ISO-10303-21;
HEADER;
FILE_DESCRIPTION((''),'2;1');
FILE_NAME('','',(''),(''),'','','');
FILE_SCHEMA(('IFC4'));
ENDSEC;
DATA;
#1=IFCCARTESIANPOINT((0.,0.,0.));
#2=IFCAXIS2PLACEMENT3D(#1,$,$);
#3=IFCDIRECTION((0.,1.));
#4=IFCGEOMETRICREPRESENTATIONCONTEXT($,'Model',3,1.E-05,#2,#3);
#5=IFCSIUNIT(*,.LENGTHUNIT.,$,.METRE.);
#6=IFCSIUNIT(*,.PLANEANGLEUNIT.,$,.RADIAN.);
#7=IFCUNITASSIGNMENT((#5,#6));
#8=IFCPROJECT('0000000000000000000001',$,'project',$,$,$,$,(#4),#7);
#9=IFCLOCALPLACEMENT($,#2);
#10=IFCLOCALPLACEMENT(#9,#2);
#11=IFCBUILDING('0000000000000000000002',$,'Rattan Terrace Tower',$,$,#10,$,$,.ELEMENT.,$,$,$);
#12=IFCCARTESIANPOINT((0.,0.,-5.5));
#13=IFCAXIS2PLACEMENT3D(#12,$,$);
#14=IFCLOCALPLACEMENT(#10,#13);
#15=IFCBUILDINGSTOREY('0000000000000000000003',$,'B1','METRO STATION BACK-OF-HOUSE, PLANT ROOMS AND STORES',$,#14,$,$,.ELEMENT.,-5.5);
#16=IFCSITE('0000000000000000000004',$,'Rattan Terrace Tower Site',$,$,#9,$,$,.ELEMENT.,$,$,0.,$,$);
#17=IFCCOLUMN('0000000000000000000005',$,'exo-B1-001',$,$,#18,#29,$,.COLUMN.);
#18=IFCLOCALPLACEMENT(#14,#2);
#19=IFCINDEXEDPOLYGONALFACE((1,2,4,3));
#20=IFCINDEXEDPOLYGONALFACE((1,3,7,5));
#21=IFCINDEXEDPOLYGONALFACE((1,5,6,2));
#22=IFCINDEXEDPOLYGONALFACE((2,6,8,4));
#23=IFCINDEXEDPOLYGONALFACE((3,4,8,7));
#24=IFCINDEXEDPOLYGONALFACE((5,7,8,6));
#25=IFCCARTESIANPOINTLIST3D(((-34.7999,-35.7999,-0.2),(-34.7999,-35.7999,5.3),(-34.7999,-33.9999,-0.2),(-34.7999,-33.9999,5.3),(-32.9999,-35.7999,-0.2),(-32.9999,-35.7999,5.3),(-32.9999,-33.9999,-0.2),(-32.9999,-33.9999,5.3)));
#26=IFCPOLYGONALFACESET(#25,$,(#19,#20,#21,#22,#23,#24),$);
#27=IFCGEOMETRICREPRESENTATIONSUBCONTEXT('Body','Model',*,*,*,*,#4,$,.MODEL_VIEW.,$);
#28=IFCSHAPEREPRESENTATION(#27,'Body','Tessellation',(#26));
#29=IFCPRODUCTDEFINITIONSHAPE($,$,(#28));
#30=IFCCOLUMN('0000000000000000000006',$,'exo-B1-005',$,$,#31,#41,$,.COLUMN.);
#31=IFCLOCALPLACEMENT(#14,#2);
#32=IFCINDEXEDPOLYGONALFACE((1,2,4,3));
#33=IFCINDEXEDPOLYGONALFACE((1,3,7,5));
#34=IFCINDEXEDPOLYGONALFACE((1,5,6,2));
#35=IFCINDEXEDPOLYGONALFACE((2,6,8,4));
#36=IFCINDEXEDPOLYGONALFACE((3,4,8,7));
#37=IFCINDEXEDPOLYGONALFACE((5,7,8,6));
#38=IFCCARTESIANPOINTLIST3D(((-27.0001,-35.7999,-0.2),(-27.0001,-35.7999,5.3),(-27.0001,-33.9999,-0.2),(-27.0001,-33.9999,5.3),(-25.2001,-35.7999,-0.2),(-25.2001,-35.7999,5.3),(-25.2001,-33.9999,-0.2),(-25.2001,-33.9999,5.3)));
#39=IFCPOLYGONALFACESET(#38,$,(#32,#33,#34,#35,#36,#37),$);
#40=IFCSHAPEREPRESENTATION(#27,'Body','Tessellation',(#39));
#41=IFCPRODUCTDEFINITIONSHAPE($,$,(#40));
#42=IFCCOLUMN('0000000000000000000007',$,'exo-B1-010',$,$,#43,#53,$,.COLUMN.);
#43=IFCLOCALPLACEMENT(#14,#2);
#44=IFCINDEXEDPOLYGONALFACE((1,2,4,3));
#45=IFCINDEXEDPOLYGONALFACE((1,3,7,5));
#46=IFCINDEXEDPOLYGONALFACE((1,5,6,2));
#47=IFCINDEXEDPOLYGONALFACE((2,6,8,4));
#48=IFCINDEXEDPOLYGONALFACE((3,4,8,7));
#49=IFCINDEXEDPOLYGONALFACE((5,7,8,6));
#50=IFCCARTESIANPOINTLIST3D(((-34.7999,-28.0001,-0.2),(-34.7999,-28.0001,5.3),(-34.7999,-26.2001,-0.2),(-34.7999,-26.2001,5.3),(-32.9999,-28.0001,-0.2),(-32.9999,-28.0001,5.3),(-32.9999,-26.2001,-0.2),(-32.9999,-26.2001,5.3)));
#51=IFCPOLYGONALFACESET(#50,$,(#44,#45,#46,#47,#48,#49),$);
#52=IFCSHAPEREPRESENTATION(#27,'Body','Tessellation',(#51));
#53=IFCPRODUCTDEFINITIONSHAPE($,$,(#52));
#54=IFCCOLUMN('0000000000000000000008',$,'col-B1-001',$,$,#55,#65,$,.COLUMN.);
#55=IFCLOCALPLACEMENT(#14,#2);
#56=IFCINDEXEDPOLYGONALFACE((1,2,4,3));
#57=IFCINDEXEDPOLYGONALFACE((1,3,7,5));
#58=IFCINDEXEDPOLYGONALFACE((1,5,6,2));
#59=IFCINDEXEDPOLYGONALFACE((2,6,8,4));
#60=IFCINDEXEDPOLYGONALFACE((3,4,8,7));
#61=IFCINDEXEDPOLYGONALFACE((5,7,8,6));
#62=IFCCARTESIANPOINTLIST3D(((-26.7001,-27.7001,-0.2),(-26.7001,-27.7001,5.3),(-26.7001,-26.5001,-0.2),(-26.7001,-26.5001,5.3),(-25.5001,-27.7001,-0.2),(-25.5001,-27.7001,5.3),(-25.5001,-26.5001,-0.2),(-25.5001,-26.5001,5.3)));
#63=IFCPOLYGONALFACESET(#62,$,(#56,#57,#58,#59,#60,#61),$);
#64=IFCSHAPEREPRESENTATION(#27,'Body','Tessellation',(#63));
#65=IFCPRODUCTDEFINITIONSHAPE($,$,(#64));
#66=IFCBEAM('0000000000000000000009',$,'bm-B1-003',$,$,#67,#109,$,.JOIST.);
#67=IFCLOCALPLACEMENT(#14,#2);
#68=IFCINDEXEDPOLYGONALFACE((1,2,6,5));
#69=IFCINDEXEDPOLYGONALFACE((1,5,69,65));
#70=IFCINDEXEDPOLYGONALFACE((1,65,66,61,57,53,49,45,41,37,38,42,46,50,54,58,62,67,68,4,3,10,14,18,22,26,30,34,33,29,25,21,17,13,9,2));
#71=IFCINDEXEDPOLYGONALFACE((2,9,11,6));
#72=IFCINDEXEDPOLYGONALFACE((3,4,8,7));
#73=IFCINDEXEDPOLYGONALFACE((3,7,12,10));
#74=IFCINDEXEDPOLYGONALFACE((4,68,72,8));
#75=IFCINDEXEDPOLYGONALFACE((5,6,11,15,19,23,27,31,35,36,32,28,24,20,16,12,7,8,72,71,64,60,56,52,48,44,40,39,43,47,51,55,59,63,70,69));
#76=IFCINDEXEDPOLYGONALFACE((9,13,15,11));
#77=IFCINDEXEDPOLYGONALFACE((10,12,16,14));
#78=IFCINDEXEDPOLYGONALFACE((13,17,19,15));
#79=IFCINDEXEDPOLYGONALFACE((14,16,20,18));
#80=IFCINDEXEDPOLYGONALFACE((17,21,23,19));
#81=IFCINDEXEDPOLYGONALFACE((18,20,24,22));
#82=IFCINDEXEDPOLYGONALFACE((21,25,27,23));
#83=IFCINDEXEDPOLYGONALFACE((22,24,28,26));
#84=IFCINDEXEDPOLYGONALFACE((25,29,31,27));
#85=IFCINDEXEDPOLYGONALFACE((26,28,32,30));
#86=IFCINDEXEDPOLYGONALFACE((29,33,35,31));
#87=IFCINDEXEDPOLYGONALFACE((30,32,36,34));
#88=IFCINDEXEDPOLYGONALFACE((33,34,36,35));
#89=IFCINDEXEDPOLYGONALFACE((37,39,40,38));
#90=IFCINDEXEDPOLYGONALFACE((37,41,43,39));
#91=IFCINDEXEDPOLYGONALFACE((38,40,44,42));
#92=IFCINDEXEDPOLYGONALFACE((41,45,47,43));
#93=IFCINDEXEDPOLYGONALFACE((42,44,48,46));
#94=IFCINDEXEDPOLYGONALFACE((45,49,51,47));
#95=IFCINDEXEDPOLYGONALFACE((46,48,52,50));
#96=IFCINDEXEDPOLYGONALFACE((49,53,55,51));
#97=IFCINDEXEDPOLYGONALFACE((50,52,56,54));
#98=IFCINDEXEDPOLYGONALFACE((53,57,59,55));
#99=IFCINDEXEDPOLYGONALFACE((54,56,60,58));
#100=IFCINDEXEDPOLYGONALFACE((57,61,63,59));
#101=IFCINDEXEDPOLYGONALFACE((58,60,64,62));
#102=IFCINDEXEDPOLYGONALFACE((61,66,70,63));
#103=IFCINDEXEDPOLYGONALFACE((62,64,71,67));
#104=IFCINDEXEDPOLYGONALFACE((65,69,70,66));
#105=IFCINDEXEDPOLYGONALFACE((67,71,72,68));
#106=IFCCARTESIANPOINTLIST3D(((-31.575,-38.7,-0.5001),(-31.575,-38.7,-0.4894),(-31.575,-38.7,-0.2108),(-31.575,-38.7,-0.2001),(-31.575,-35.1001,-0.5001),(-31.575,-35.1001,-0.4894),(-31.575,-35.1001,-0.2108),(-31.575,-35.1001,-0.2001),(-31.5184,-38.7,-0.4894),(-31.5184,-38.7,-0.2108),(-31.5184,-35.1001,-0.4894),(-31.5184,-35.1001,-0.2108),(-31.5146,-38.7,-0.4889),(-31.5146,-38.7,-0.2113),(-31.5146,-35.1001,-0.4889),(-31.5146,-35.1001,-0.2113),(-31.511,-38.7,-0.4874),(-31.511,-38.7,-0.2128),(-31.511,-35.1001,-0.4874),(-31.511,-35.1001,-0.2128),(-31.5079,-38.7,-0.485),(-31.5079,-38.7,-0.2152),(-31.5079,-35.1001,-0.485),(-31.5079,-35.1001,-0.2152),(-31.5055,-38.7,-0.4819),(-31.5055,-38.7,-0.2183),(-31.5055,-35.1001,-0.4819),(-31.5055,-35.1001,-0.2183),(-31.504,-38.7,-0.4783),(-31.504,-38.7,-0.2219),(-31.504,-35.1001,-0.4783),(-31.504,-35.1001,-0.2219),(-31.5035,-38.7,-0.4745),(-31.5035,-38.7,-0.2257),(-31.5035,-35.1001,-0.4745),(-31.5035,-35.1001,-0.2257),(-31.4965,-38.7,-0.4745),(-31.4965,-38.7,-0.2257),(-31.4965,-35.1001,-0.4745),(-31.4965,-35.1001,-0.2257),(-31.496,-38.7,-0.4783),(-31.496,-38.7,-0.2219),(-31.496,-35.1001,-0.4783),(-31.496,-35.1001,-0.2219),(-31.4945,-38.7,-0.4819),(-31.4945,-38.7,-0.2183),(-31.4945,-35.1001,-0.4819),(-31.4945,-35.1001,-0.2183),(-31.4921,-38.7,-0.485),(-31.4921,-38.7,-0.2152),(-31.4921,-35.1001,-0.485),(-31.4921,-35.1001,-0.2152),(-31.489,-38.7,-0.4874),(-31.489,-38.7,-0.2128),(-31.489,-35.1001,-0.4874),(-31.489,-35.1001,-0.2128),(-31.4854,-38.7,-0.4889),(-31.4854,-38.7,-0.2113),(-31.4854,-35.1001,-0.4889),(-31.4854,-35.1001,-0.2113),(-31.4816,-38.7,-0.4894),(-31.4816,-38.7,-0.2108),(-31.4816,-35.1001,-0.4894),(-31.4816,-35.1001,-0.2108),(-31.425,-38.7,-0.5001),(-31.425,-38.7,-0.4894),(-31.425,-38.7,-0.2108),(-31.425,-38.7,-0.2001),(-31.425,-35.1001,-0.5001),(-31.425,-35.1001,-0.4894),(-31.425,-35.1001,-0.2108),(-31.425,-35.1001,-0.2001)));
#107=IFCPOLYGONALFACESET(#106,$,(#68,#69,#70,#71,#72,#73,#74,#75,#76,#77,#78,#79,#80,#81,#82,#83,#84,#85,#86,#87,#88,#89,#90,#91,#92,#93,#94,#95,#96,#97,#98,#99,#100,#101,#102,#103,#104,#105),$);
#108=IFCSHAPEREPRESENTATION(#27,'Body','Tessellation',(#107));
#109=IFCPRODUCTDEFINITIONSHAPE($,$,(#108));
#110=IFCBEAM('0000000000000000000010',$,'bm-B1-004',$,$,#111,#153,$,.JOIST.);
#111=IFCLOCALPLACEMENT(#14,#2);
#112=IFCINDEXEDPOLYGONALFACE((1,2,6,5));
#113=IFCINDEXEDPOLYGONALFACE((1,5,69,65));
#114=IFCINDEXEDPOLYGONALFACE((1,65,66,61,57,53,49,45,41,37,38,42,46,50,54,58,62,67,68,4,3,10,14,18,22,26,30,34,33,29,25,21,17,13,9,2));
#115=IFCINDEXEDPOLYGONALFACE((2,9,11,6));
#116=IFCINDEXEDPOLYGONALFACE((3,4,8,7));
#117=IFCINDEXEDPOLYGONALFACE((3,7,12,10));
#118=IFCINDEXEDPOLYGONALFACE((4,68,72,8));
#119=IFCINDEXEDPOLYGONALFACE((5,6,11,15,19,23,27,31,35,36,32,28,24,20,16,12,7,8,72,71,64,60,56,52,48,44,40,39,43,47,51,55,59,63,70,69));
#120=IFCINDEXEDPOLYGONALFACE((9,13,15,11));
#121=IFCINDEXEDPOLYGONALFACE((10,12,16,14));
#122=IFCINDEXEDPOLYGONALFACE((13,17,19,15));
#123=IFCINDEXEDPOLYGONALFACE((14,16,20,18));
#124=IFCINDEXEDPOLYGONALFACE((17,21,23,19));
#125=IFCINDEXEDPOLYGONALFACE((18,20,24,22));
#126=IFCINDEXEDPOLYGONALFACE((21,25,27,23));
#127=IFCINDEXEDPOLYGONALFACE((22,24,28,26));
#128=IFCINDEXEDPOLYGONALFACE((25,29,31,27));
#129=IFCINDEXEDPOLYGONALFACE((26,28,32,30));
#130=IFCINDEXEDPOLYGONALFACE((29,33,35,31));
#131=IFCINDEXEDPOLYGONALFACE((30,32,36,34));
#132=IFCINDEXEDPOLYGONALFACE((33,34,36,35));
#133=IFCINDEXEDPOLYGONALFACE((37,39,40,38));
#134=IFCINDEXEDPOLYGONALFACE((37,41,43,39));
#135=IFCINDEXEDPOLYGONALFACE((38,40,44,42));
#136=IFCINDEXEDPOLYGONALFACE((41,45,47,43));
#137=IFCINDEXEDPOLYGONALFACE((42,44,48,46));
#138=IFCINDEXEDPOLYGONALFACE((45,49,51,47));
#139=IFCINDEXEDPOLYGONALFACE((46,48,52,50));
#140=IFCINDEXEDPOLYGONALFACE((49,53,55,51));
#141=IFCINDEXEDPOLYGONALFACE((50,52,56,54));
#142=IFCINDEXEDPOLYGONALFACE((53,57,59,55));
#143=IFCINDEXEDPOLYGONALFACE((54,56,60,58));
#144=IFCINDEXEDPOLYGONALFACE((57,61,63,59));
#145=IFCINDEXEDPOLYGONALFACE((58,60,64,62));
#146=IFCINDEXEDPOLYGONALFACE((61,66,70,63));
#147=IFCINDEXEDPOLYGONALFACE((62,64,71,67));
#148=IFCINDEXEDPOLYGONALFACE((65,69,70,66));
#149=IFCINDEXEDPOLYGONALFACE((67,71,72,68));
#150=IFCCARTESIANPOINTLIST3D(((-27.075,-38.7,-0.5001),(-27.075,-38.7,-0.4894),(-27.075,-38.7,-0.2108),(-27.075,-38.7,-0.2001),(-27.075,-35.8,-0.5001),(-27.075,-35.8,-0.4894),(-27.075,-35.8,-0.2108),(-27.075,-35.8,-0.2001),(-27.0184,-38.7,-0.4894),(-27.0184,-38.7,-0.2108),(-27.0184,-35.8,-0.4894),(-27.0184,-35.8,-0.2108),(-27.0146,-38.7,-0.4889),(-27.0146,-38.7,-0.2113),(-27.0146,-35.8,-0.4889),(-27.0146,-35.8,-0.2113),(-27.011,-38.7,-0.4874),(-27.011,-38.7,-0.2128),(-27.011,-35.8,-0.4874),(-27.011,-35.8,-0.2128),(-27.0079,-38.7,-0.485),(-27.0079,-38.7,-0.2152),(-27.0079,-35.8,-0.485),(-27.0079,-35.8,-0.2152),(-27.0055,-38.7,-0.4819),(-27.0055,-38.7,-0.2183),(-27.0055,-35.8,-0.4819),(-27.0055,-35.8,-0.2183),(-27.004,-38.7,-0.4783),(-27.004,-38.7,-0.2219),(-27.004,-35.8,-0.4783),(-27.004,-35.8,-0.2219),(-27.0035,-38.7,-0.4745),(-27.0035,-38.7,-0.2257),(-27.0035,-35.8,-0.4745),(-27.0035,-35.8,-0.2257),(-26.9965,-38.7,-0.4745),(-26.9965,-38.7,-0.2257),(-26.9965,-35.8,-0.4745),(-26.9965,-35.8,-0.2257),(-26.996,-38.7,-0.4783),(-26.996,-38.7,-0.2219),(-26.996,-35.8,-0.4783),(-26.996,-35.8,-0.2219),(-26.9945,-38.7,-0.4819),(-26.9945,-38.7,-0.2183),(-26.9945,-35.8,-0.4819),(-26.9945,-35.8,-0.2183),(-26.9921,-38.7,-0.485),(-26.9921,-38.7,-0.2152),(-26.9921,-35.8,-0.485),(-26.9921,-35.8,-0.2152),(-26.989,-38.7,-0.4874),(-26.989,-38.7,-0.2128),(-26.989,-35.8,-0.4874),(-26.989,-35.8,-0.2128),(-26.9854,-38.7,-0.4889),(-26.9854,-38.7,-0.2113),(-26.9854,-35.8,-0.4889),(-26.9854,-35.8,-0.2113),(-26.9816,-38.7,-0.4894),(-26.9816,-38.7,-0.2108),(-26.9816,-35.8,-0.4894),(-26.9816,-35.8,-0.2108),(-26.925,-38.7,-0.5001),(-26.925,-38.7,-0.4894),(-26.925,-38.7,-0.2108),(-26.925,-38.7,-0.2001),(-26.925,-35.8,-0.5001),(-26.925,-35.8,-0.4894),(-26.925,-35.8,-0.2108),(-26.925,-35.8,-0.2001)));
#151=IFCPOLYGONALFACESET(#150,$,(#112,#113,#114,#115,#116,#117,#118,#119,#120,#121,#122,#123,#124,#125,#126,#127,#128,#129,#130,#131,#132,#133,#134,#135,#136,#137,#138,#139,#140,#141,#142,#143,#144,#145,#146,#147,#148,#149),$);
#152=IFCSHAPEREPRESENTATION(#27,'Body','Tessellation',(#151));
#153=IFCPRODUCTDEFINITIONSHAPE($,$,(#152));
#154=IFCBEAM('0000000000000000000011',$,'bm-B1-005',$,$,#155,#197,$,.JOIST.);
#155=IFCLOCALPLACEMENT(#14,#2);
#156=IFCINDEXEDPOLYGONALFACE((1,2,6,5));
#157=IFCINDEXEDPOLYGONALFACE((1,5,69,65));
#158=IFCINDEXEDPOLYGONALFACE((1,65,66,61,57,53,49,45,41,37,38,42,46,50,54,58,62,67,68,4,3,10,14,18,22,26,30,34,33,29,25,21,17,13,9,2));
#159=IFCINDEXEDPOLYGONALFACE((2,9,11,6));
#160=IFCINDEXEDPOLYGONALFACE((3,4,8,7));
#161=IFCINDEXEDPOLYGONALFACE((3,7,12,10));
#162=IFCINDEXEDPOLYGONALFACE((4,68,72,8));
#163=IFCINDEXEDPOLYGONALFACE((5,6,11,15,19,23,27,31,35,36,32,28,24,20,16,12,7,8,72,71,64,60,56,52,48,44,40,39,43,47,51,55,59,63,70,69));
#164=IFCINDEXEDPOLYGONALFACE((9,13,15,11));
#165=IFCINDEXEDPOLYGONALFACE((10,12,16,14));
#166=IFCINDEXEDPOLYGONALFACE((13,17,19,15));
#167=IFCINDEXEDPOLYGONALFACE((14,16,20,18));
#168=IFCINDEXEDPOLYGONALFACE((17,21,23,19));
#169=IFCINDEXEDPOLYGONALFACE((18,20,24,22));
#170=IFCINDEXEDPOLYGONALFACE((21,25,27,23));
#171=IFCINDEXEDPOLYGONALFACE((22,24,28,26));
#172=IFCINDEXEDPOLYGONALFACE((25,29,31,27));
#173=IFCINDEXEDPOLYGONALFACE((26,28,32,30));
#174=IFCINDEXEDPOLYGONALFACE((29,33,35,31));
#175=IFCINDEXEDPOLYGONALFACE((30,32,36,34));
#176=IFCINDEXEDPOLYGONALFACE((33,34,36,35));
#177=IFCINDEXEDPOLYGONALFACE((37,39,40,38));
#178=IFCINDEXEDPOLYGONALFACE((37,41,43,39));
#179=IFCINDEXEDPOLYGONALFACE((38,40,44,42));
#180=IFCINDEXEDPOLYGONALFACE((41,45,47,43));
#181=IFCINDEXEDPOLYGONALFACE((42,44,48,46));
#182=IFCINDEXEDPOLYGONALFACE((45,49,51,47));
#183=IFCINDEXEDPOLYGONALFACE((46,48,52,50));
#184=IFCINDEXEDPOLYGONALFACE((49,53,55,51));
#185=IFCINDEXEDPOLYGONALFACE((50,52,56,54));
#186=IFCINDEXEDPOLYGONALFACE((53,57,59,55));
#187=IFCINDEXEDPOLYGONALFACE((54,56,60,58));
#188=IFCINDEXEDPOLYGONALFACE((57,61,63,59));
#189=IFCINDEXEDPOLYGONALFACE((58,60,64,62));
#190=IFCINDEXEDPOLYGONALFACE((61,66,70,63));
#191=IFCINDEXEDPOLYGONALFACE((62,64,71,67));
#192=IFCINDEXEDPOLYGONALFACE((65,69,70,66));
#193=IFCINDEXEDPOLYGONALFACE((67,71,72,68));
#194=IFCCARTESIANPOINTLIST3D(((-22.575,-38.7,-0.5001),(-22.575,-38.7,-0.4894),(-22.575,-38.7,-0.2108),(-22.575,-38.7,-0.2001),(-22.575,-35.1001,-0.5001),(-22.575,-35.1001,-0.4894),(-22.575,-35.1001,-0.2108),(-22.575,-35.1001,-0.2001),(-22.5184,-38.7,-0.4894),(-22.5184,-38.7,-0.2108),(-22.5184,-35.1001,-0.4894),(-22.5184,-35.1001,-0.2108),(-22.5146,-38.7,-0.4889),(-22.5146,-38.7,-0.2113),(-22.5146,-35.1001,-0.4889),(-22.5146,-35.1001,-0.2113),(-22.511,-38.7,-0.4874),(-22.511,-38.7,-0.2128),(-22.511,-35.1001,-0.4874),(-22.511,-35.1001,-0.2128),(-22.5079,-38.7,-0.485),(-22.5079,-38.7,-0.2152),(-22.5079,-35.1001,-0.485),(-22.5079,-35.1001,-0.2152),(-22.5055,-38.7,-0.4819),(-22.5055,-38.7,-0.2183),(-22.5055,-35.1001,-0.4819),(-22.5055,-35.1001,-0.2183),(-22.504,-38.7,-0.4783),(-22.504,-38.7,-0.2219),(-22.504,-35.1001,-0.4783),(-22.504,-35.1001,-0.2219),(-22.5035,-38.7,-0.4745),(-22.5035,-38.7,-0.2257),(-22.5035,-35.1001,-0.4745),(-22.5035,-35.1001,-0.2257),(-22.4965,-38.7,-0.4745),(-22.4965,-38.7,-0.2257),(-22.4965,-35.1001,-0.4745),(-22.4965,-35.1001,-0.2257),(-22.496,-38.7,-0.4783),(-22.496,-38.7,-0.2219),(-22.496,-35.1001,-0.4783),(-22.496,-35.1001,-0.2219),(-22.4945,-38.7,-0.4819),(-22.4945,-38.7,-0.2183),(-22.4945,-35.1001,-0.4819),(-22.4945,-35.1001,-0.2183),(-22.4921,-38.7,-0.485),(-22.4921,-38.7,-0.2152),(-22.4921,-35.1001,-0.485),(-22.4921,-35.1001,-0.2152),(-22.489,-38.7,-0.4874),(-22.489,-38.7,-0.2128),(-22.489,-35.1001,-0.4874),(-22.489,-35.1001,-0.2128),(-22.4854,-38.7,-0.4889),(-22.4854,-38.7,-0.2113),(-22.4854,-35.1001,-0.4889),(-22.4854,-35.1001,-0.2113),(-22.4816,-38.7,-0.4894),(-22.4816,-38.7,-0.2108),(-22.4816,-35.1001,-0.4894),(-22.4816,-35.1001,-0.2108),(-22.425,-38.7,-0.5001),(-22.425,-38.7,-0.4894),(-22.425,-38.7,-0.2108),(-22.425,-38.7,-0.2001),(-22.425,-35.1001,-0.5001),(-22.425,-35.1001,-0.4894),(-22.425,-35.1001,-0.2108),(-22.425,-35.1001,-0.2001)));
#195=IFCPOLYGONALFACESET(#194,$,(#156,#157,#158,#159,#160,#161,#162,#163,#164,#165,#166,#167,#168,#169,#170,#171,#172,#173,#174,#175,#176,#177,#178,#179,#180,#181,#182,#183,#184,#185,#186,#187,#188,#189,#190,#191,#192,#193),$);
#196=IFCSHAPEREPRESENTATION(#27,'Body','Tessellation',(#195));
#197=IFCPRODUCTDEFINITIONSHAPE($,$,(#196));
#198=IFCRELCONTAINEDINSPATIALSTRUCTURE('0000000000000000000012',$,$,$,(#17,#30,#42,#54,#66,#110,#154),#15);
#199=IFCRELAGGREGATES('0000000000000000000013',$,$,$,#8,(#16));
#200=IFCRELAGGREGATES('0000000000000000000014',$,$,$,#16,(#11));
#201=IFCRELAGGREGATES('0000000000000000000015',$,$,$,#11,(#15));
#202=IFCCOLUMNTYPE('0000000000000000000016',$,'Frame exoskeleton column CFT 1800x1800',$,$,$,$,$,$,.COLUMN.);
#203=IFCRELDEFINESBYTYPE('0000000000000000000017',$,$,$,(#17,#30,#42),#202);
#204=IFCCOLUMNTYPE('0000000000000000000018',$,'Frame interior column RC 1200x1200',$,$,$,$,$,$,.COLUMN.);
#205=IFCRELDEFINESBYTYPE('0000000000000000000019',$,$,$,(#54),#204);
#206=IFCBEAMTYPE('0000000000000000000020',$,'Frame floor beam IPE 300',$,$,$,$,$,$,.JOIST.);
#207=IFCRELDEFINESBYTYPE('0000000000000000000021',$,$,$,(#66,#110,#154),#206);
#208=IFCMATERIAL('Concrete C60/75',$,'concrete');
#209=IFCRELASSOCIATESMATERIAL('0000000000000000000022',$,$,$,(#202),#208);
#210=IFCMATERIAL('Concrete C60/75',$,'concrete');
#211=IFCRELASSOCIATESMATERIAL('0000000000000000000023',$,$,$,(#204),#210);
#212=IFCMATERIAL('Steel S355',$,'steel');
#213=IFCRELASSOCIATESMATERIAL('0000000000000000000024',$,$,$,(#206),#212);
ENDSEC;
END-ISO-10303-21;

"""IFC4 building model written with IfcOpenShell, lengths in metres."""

from ifc_helpers import new_model, si_unit, direction, frame, origin, origin_2d, place, context, subcontext, project, spatial, rectangle, i_section, extrude, material, material_profile, profile_set, type_object, element, save


model = new_model("IFC4")

# Units and contexts
model_context = context("Model", 3, precision=1e-05, world=origin(), true_north=direction((0.0, 1.0)))
body_context = subcontext(model_context, "Body", "Model", "MODEL_VIEW")
ifc_project = project(units=[si_unit("LENGTHUNIT", "METRE"), si_unit("PLANEANGLEUNIT", "RADIAN")], contexts=[model_context])

# Site, building, storey
site_placement = place(None, origin())
site = spatial("IfcSite", under=ifc_project, at=site_placement, Name="Rattan Terrace Tower Site", CompositionType="ELEMENT", RefElevation=0.0)
building_placement = place(site_placement, origin())
building = spatial("IfcBuilding", under=site, at=building_placement, Name="Rattan Terrace Tower", CompositionType="ELEMENT")
storey_placement = place(building_placement, frame((0.0, 0.0, -5.5)))
storey = spatial("IfcBuildingStorey", under=building, at=storey_placement, Name="B1", Description="METRO STATION BACK-OF-HOUSE, PLANT ROOMS AND STORES", CompositionType="ELEMENT", Elevation=-5.5)

# Columns
ifc_material_1 = material(Name="Concrete C60/75", Category="concrete")
ifc_material_profile_1 = material_profile(ifc_material_1, rectangle(XDim=1.8, YDim=1.8, at=origin_2d()), Name="CFT 1800x1800")
ifc_profile_set_1 = profile_set([ifc_material_profile_1], Name="Concrete C60/75")
column_type_1 = type_object("IfcColumnType", Name="Frame exoskeleton column CFT 1800x1800", PredefinedType="COLUMN", material=ifc_profile_set_1)
for number, where, z_axis, x_axis, name in (
    (1, (-33.8999, -34.8999, -0.2), (0.0, 0.0, 1.0), (1.0, 0.0, 0.0), "exo-B1-001"),
    (2, (-26.1001, -34.8999, -0.2), (0.0, 0.0, 1.0), (1.0, 0.0, 0.0), "exo-B1-005"),
    (3, (-33.8999, -27.1001, -0.2), (0.0, 0.0, 1.0), (0.0, 1.0, 0.0), "exo-B1-010"),
):
    element("IfcColumn", number, at=place(storey_placement, frame(where, z_axis=z_axis, x_axis=x_axis)), inside=storey, type_object=column_type_1, Name=name, PredefinedType="COLUMN", context=body_context, shape_type="SweptSolid", body=[
        extrude(rectangle(XDim=1.8, YDim=1.8, at=origin_2d()), origin(), (0.0, 0.0, 1.0), 5.5),
    ])
ifc_material_2 = material(Name="Concrete C60/75", Category="concrete")
ifc_material_profile_2 = material_profile(ifc_material_2, rectangle(XDim=1.2, YDim=1.2, at=origin_2d()), Name="RC 1200x1200")
ifc_profile_set_2 = profile_set([ifc_material_profile_2], Name="Concrete C60/75")
column_type_2 = type_object("IfcColumnType", Name="Frame interior column RC 1200x1200", PredefinedType="COLUMN", material=ifc_profile_set_2)
column_placement = place(storey_placement, frame((-26.1001, -27.1001, -0.2), z_axis=(0.0, 0.0, 1.0), x_axis=(1.0, 0.0, 0.0)))
element("IfcColumn", 4, at=column_placement, inside=storey, type_object=column_type_2, Name="col-B1-001", PredefinedType="COLUMN", context=body_context, shape_type="SweptSolid", body=[
    extrude(rectangle(XDim=1.2, YDim=1.2, at=origin_2d()), origin(), (0.0, 0.0, 1.0), 5.5),
])

# Beams
ifc_material_3 = material(Name="Steel S355", Category="steel")
ifc_material_profile_3 = material_profile(ifc_material_3, i_section(OverallWidth=0.1499, OverallDepth=0.3, WebThickness=0.0071, FlangeThickness=0.0107, FilletRadius=0.0149, at=origin_2d()), Name="IPE 300")
ifc_profile_set_3 = profile_set([ifc_material_profile_3], Name="Steel S355")
beam_type_1 = type_object("IfcBeamType", Name="Frame floor beam IPE 300", PredefinedType="JOIST", material=ifc_profile_set_3)
beam_1_placement = place(storey_placement, frame((-31.5, -38.7, -0.3501), z_axis=(0.0, 1.0, 0.0), x_axis=(-1.0, 0.0, 0.0)))
element("IfcBeam", 5, at=beam_1_placement, inside=storey, type_object=beam_type_1, Name="bm-B1-003", PredefinedType="JOIST", context=body_context, shape_type="SweptSolid", body=[
    extrude(i_section(OverallWidth=0.1499, OverallDepth=0.3, WebThickness=0.0071, FlangeThickness=0.0107, FilletRadius=0.0149, at=origin_2d()), origin(), (0.0, 0.0, 1.0), 3.5999),
])
beam_2_placement = place(storey_placement, frame((-27.0, -38.7, -0.3501), z_axis=(0.0, 1.0, 0.0), x_axis=(-1.0, 0.0, 0.0)))
element("IfcBeam", 6, at=beam_2_placement, inside=storey, type_object=beam_type_1, Name="bm-B1-004", PredefinedType="JOIST", context=body_context, shape_type="SweptSolid", body=[
    extrude(i_section(OverallWidth=0.1499, OverallDepth=0.3, WebThickness=0.0071, FlangeThickness=0.0107, FilletRadius=0.0149, at=origin_2d()), origin(), (0.0, 0.0, 1.0), 2.8999),
])
beam_3_placement = place(storey_placement, frame((-22.5, -38.7, -0.3501), z_axis=(0.0, 1.0, 0.0), x_axis=(-1.0, 0.0, 0.0)))
element("IfcBeam", 7, at=beam_3_placement, inside=storey, type_object=beam_type_1, Name="bm-B1-005", PredefinedType="JOIST", context=body_context, shape_type="SweptSolid", body=[
    extrude(i_section(OverallWidth=0.1499, OverallDepth=0.3, WebThickness=0.0071, FlangeThickness=0.0107, FilletRadius=0.0149, at=origin_2d()), origin(), (0.0, 0.0, 1.0), 3.5999),
])

save(model, "model.ifc")
